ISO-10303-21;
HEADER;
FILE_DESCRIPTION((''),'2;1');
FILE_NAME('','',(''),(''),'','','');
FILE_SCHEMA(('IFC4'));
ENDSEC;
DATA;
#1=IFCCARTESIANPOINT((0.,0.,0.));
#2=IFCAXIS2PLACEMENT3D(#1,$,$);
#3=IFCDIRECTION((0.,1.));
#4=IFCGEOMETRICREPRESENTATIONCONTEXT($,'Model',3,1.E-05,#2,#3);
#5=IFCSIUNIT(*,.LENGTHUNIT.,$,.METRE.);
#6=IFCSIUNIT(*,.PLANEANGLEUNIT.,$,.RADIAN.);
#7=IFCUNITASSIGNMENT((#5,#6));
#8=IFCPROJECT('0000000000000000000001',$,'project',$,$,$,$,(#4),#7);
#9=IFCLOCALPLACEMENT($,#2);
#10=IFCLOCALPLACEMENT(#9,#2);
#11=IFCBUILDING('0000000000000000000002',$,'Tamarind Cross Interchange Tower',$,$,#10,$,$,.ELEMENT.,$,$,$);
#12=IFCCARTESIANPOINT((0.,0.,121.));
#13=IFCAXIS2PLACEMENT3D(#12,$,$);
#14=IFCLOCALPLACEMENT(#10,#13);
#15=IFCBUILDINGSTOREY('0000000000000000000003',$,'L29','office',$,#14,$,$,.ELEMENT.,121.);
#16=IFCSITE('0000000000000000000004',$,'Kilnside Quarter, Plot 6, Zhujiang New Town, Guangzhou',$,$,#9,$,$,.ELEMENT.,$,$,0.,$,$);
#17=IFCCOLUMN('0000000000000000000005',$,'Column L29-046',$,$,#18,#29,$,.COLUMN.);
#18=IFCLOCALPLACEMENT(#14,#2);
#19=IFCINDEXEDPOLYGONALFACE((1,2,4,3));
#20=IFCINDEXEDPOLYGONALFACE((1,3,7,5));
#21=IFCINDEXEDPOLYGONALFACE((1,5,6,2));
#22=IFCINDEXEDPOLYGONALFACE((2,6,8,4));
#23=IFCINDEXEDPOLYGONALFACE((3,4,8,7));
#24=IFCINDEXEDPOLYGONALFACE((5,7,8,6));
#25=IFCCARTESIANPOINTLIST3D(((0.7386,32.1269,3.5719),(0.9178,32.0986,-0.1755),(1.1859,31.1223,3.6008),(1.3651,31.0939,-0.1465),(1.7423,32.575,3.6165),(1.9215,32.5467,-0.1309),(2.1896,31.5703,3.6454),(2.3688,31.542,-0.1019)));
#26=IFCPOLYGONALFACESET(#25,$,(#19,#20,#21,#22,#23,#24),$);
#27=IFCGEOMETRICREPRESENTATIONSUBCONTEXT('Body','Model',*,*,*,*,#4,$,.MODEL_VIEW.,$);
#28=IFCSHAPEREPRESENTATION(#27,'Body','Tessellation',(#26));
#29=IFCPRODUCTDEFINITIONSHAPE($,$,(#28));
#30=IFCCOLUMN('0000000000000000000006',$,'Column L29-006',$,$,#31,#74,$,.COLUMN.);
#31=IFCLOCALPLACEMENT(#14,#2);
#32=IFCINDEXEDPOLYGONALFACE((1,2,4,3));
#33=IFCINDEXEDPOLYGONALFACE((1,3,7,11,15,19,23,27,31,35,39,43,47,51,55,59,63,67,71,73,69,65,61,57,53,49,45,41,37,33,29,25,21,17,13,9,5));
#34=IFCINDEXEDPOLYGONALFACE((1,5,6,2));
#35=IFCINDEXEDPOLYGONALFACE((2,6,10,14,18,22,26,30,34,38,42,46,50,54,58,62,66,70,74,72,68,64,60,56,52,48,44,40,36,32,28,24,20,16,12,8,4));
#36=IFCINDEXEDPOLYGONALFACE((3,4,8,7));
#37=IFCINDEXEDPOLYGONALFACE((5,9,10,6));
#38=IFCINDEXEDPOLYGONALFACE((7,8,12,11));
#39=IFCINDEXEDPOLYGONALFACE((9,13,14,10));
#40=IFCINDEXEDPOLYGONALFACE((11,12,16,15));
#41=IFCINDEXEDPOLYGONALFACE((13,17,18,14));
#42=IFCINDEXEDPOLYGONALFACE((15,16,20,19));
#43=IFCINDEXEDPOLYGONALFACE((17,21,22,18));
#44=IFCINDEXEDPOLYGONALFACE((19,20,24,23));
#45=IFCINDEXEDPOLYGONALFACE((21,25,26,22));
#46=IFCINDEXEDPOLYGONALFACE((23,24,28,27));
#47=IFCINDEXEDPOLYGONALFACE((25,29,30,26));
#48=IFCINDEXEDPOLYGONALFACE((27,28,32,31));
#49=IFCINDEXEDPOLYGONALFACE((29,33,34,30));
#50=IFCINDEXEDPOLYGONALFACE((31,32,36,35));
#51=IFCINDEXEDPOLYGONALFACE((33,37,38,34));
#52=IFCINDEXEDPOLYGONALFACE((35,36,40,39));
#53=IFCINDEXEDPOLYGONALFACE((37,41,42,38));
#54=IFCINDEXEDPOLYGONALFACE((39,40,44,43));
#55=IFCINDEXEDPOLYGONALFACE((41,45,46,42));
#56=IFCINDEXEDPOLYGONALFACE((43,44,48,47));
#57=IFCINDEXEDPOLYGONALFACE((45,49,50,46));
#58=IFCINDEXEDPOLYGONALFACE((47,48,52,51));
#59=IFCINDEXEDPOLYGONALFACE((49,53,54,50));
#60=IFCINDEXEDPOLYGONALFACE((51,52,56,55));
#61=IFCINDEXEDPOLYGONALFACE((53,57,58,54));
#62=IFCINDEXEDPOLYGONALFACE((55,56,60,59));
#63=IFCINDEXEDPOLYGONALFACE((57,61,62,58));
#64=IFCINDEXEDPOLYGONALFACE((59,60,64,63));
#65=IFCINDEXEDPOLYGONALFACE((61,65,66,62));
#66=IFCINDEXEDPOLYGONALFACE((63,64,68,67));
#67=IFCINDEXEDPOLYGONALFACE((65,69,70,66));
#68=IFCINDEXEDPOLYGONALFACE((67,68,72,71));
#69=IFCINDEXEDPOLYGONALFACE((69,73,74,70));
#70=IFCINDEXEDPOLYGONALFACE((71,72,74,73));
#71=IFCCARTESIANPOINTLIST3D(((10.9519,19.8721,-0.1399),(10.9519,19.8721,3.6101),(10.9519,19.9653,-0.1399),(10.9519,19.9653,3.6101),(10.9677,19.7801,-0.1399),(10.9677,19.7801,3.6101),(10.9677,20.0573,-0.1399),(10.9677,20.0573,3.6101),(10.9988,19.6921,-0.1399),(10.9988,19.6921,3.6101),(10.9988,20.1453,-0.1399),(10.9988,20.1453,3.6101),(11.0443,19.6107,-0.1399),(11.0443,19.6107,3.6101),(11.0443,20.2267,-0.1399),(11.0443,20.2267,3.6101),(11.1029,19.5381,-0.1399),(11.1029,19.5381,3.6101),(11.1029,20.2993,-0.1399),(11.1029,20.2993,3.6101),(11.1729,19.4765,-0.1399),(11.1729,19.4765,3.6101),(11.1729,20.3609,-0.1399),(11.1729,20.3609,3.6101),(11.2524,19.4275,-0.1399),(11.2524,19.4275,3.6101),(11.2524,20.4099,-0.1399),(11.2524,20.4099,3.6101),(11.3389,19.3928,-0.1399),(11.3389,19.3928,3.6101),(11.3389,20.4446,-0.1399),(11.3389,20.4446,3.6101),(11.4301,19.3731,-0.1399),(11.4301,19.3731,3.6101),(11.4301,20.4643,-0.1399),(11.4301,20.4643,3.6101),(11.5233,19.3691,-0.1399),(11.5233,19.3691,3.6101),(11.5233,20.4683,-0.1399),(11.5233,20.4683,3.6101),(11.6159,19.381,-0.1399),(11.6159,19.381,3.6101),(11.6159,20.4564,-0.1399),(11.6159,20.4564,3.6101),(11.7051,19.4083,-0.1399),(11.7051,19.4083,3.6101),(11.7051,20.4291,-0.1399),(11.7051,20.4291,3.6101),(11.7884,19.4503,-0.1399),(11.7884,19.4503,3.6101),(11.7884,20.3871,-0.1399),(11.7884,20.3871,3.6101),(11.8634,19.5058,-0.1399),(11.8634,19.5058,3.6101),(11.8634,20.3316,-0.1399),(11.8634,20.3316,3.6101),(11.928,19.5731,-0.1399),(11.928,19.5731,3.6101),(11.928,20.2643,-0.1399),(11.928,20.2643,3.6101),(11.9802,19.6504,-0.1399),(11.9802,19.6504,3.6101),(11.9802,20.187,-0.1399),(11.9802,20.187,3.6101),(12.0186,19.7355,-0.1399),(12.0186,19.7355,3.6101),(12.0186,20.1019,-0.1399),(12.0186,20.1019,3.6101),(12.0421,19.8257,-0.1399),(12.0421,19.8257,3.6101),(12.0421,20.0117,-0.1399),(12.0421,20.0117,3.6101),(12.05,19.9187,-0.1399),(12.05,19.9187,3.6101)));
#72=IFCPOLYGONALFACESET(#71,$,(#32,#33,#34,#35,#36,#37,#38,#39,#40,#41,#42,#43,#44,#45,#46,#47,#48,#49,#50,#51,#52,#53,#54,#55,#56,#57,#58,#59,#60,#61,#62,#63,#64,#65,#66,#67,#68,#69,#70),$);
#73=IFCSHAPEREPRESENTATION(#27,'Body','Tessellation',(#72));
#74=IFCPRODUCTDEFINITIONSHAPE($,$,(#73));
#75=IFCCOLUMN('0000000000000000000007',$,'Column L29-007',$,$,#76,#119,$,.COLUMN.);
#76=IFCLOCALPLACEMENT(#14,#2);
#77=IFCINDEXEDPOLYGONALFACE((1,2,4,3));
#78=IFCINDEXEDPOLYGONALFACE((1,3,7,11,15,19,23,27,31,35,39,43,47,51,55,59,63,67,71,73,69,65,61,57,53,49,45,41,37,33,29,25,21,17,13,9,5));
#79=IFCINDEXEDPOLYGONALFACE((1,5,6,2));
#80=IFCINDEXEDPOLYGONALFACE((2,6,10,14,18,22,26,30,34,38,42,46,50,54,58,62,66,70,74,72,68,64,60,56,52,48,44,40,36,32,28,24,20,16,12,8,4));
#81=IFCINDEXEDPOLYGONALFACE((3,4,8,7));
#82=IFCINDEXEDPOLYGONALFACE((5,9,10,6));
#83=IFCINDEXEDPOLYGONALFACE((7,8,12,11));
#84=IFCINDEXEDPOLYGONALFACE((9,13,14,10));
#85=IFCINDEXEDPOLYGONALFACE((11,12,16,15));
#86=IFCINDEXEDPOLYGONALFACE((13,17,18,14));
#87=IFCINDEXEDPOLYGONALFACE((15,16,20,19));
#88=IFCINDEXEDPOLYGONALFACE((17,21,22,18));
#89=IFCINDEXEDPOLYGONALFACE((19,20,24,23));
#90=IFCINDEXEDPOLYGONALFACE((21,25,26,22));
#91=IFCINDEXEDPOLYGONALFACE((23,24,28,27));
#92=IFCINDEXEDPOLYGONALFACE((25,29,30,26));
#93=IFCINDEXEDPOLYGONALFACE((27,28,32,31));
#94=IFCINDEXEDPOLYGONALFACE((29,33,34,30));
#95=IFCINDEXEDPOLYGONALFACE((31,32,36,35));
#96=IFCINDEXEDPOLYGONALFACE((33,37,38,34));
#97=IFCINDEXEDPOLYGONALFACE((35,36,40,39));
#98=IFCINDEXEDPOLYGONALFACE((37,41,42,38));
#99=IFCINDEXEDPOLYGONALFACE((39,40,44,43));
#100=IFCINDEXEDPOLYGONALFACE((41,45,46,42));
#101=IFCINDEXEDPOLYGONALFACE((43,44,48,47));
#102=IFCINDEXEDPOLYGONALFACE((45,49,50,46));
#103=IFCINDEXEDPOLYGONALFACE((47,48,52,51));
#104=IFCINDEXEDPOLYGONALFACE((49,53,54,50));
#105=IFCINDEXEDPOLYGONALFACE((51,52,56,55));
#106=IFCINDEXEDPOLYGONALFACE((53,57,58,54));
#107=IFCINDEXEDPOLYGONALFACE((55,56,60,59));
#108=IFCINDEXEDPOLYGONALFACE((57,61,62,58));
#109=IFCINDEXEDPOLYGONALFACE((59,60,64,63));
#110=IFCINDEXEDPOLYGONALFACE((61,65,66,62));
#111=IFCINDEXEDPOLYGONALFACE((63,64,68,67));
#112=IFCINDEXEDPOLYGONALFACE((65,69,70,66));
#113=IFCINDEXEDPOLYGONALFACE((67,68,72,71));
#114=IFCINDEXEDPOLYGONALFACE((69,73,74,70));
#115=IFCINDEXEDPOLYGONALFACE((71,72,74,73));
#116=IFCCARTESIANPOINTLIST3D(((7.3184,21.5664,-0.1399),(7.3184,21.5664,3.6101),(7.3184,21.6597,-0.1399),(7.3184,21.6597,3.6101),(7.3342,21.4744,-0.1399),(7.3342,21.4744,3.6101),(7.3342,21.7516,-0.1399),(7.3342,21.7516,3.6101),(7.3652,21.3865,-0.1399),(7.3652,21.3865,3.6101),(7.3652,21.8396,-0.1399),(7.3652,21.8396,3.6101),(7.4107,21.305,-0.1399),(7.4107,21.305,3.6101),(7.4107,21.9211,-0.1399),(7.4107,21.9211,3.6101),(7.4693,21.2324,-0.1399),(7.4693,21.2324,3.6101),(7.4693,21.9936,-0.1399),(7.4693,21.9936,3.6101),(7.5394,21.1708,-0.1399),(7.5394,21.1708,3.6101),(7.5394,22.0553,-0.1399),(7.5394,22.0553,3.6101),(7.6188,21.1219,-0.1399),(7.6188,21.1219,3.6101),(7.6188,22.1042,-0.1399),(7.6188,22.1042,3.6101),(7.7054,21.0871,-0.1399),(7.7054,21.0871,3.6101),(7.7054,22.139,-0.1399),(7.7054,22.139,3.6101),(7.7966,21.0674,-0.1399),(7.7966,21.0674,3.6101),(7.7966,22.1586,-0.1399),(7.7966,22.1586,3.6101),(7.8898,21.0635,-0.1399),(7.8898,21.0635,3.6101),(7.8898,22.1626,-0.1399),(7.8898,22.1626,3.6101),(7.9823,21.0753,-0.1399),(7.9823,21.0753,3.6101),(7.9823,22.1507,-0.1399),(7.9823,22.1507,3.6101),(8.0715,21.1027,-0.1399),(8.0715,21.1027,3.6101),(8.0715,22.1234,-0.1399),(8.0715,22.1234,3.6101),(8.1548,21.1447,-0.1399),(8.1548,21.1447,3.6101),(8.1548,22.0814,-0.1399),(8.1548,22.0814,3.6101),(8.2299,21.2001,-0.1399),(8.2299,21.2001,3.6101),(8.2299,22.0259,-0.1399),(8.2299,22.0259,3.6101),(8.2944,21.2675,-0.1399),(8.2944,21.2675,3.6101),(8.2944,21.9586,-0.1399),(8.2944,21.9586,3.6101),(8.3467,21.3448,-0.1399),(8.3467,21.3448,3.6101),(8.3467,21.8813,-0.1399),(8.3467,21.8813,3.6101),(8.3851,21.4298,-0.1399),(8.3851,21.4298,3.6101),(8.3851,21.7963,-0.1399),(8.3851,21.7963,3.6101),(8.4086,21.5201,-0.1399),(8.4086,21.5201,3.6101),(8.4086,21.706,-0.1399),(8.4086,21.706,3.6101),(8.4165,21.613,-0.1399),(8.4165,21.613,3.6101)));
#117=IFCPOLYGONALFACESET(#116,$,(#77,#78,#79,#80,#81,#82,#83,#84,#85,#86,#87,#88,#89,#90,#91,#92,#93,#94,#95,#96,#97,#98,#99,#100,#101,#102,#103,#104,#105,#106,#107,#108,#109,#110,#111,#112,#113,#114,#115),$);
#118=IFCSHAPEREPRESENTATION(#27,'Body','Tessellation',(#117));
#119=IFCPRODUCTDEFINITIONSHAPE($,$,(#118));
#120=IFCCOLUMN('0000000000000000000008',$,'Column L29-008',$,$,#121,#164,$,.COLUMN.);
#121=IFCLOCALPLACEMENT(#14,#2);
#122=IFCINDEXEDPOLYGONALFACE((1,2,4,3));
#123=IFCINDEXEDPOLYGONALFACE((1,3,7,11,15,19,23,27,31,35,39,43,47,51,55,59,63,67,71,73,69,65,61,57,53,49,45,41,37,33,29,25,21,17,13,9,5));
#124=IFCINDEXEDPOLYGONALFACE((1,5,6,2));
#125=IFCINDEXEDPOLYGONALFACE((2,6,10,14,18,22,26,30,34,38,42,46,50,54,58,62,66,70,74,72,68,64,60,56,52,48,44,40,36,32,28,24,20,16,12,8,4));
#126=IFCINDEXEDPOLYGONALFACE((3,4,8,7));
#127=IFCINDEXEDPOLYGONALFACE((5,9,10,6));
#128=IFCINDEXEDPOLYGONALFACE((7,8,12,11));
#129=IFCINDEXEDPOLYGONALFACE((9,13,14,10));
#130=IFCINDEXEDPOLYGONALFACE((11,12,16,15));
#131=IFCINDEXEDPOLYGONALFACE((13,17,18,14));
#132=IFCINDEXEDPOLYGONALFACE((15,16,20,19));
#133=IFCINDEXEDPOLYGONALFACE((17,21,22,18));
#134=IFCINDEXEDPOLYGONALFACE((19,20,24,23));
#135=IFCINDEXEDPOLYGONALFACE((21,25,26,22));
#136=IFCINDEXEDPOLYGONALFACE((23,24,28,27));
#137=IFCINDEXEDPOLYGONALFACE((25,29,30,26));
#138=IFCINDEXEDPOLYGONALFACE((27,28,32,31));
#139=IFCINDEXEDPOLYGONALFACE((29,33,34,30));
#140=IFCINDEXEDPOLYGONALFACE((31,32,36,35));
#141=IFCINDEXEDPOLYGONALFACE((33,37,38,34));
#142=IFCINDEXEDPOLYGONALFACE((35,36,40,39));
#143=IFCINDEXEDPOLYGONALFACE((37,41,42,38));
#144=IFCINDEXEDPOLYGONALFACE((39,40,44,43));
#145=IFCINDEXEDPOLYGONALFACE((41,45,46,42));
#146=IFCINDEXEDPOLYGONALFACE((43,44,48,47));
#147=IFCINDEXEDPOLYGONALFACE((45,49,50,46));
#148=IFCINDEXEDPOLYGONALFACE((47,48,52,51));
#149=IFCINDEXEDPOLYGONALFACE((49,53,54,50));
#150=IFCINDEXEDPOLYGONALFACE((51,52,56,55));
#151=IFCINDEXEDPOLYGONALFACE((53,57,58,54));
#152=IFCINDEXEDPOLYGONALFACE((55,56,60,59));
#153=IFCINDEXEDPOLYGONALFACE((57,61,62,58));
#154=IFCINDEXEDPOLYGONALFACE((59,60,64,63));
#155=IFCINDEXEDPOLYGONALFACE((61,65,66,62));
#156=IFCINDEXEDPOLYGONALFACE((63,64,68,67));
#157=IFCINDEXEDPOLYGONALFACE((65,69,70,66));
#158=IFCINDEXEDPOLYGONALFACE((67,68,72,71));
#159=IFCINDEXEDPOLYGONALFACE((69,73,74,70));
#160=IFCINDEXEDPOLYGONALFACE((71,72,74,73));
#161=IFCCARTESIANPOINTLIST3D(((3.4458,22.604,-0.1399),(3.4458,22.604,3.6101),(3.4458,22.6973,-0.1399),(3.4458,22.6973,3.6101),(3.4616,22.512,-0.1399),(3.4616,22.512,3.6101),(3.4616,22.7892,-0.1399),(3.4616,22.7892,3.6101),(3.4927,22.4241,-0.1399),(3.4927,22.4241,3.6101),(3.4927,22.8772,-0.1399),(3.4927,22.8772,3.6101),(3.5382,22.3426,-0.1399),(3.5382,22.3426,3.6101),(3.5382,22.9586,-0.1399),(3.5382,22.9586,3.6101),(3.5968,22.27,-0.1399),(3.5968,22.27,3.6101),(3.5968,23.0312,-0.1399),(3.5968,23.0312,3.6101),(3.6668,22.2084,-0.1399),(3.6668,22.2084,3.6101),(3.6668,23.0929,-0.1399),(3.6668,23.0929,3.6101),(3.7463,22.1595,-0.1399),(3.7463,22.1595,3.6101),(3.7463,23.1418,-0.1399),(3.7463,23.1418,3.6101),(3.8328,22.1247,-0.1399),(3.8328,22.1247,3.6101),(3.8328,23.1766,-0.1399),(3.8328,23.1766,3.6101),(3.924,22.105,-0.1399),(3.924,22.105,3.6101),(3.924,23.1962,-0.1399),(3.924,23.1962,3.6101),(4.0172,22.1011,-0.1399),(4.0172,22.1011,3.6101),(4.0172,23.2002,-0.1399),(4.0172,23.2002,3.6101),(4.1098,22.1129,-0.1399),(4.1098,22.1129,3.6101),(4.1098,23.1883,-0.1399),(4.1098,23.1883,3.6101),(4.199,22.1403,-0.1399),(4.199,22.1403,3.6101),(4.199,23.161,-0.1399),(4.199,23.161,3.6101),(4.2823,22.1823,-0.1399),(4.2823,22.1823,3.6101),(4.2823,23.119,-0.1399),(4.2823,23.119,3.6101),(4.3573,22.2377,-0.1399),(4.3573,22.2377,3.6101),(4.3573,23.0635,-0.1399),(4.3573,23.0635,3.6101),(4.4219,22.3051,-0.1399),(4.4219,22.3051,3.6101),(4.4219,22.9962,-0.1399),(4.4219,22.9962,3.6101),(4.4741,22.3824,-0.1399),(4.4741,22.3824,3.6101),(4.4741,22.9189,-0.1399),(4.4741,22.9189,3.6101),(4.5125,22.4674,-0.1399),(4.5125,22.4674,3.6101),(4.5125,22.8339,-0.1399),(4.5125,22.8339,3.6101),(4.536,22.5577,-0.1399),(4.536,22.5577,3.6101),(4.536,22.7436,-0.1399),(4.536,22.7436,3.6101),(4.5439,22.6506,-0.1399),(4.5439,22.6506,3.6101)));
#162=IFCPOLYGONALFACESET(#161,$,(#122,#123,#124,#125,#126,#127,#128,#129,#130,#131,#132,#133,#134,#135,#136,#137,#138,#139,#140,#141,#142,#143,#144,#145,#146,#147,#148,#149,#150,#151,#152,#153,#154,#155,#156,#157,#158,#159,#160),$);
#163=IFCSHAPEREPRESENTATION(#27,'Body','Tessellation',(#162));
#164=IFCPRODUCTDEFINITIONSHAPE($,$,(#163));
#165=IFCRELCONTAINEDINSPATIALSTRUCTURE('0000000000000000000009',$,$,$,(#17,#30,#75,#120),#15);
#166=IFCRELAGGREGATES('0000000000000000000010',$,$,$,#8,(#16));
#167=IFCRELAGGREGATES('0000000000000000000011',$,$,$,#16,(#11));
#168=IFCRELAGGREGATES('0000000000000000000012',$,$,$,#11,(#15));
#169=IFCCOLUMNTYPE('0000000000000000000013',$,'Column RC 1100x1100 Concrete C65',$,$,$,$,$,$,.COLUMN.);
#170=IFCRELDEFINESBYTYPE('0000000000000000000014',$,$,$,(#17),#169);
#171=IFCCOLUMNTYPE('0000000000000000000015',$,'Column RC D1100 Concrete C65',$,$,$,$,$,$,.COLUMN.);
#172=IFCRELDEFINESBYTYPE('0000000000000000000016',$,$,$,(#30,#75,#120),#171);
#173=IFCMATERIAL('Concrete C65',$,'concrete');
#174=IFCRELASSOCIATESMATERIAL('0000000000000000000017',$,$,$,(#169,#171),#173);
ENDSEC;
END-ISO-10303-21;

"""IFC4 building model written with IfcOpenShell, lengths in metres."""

from ifc_helpers import new_model, si_unit, direction, frame, origin, origin_2d, place, context, subcontext, project, spatial, rectangle, circle, extrude, material, material_profile, profile_set, type_object, element, save


model = new_model("IFC4")

# Units and contexts
model_context = context("Model", 3, precision=1e-05, world=origin(), true_north=direction((0.0, 1.0)))
body_context = subcontext(model_context, "Body", "Model", "MODEL_VIEW")
ifc_project = project(units=[si_unit("LENGTHUNIT", "METRE"), si_unit("PLANEANGLEUNIT", "RADIAN")], contexts=[model_context])

# Site, building, storey
site_placement = place(None, origin())
site = spatial("IfcSite", under=ifc_project, at=site_placement, Name="Kilnside Quarter, Plot 6, Zhujiang New Town, Guangzhou", CompositionType="ELEMENT", RefElevation=0.0)
building_placement = place(site_placement, origin())
building = spatial("IfcBuilding", under=site, at=building_placement, Name="Tamarind Cross Interchange Tower", CompositionType="ELEMENT")
storey_placement = place(building_placement, frame((0.0, 0.0, 121.0)))
storey = spatial("IfcBuildingStorey", under=building, at=storey_placement, Name="L29", Description="office", CompositionType="ELEMENT", Elevation=121.0)

# Columns
ifc_material_1 = material(Name="Concrete C65", Category="concrete")
ifc_material_profile_1 = material_profile(ifc_material_1, rectangle(XDim=1.1001, YDim=1.1001, at=origin_2d()), Name="RC 1100x1100")
ifc_profile_set_1 = profile_set([ifc_material_profile_1], Name="Concrete C65")
column_type_1 = type_object("IfcColumnType", Name="Column RC 1100x1100 Concrete C65", PredefinedType="COLUMN", material=ifc_profile_set_1)
column_placement = place(storey_placement, frame((1.6433, 31.8203, -0.1387), z_axis=(-0.047765, 0.007549, 0.99883), x_axis=(0.406544, -0.913251, 0.026343)))
element("IfcColumn", 1, at=column_placement, inside=storey, type_object=column_type_1, Name="Column L29-046", PredefinedType="COLUMN", context=body_context, shape_type="SweptSolid", body=[
    extrude(rectangle(XDim=1.1001, YDim=1.1001, at=origin_2d()), origin(), (0.0, 0.0, 1.0), 3.7517),
])
ifc_material_profile_2 = material_profile(ifc_material_1, circle(Radius=0.55, at=origin_2d()), Name="RC D1100")
ifc_profile_set_2 = profile_set([ifc_material_profile_2], Name="Concrete C65")
column_type_2 = type_object("IfcColumnType", Name="Column RC D1100 Concrete C65", PredefinedType="COLUMN", material=ifc_profile_set_2)
for number, where, z_axis, x_axis, name in (
    (2, (11.5, 19.9187, -0.1399), (0.0, 0.0, 1.0), (1.0, 0.0, 0.0), "Column L29-006"),
    (3, (7.8665, 21.613, -0.1399), (0.0, 0.0, 1.0), (1.0, 0.0, 0.0), "Column L29-007"),
    (4, (3.9939, 22.6506, -0.1399), (0.0, 0.0, 1.0), (1.0, 0.0, 0.0), "Column L29-008"),
):
    element("IfcColumn", number, at=place(storey_placement, frame(where, z_axis=z_axis, x_axis=x_axis)), inside=storey, type_object=column_type_2, Name=name, PredefinedType="COLUMN", context=body_context, shape_type="SweptSolid", body=[
        extrude(circle(Radius=0.55, at=origin_2d()), origin(), (0.0, 0.0, 1.0), 3.75),
    ])

save(model, "model.ifc")
